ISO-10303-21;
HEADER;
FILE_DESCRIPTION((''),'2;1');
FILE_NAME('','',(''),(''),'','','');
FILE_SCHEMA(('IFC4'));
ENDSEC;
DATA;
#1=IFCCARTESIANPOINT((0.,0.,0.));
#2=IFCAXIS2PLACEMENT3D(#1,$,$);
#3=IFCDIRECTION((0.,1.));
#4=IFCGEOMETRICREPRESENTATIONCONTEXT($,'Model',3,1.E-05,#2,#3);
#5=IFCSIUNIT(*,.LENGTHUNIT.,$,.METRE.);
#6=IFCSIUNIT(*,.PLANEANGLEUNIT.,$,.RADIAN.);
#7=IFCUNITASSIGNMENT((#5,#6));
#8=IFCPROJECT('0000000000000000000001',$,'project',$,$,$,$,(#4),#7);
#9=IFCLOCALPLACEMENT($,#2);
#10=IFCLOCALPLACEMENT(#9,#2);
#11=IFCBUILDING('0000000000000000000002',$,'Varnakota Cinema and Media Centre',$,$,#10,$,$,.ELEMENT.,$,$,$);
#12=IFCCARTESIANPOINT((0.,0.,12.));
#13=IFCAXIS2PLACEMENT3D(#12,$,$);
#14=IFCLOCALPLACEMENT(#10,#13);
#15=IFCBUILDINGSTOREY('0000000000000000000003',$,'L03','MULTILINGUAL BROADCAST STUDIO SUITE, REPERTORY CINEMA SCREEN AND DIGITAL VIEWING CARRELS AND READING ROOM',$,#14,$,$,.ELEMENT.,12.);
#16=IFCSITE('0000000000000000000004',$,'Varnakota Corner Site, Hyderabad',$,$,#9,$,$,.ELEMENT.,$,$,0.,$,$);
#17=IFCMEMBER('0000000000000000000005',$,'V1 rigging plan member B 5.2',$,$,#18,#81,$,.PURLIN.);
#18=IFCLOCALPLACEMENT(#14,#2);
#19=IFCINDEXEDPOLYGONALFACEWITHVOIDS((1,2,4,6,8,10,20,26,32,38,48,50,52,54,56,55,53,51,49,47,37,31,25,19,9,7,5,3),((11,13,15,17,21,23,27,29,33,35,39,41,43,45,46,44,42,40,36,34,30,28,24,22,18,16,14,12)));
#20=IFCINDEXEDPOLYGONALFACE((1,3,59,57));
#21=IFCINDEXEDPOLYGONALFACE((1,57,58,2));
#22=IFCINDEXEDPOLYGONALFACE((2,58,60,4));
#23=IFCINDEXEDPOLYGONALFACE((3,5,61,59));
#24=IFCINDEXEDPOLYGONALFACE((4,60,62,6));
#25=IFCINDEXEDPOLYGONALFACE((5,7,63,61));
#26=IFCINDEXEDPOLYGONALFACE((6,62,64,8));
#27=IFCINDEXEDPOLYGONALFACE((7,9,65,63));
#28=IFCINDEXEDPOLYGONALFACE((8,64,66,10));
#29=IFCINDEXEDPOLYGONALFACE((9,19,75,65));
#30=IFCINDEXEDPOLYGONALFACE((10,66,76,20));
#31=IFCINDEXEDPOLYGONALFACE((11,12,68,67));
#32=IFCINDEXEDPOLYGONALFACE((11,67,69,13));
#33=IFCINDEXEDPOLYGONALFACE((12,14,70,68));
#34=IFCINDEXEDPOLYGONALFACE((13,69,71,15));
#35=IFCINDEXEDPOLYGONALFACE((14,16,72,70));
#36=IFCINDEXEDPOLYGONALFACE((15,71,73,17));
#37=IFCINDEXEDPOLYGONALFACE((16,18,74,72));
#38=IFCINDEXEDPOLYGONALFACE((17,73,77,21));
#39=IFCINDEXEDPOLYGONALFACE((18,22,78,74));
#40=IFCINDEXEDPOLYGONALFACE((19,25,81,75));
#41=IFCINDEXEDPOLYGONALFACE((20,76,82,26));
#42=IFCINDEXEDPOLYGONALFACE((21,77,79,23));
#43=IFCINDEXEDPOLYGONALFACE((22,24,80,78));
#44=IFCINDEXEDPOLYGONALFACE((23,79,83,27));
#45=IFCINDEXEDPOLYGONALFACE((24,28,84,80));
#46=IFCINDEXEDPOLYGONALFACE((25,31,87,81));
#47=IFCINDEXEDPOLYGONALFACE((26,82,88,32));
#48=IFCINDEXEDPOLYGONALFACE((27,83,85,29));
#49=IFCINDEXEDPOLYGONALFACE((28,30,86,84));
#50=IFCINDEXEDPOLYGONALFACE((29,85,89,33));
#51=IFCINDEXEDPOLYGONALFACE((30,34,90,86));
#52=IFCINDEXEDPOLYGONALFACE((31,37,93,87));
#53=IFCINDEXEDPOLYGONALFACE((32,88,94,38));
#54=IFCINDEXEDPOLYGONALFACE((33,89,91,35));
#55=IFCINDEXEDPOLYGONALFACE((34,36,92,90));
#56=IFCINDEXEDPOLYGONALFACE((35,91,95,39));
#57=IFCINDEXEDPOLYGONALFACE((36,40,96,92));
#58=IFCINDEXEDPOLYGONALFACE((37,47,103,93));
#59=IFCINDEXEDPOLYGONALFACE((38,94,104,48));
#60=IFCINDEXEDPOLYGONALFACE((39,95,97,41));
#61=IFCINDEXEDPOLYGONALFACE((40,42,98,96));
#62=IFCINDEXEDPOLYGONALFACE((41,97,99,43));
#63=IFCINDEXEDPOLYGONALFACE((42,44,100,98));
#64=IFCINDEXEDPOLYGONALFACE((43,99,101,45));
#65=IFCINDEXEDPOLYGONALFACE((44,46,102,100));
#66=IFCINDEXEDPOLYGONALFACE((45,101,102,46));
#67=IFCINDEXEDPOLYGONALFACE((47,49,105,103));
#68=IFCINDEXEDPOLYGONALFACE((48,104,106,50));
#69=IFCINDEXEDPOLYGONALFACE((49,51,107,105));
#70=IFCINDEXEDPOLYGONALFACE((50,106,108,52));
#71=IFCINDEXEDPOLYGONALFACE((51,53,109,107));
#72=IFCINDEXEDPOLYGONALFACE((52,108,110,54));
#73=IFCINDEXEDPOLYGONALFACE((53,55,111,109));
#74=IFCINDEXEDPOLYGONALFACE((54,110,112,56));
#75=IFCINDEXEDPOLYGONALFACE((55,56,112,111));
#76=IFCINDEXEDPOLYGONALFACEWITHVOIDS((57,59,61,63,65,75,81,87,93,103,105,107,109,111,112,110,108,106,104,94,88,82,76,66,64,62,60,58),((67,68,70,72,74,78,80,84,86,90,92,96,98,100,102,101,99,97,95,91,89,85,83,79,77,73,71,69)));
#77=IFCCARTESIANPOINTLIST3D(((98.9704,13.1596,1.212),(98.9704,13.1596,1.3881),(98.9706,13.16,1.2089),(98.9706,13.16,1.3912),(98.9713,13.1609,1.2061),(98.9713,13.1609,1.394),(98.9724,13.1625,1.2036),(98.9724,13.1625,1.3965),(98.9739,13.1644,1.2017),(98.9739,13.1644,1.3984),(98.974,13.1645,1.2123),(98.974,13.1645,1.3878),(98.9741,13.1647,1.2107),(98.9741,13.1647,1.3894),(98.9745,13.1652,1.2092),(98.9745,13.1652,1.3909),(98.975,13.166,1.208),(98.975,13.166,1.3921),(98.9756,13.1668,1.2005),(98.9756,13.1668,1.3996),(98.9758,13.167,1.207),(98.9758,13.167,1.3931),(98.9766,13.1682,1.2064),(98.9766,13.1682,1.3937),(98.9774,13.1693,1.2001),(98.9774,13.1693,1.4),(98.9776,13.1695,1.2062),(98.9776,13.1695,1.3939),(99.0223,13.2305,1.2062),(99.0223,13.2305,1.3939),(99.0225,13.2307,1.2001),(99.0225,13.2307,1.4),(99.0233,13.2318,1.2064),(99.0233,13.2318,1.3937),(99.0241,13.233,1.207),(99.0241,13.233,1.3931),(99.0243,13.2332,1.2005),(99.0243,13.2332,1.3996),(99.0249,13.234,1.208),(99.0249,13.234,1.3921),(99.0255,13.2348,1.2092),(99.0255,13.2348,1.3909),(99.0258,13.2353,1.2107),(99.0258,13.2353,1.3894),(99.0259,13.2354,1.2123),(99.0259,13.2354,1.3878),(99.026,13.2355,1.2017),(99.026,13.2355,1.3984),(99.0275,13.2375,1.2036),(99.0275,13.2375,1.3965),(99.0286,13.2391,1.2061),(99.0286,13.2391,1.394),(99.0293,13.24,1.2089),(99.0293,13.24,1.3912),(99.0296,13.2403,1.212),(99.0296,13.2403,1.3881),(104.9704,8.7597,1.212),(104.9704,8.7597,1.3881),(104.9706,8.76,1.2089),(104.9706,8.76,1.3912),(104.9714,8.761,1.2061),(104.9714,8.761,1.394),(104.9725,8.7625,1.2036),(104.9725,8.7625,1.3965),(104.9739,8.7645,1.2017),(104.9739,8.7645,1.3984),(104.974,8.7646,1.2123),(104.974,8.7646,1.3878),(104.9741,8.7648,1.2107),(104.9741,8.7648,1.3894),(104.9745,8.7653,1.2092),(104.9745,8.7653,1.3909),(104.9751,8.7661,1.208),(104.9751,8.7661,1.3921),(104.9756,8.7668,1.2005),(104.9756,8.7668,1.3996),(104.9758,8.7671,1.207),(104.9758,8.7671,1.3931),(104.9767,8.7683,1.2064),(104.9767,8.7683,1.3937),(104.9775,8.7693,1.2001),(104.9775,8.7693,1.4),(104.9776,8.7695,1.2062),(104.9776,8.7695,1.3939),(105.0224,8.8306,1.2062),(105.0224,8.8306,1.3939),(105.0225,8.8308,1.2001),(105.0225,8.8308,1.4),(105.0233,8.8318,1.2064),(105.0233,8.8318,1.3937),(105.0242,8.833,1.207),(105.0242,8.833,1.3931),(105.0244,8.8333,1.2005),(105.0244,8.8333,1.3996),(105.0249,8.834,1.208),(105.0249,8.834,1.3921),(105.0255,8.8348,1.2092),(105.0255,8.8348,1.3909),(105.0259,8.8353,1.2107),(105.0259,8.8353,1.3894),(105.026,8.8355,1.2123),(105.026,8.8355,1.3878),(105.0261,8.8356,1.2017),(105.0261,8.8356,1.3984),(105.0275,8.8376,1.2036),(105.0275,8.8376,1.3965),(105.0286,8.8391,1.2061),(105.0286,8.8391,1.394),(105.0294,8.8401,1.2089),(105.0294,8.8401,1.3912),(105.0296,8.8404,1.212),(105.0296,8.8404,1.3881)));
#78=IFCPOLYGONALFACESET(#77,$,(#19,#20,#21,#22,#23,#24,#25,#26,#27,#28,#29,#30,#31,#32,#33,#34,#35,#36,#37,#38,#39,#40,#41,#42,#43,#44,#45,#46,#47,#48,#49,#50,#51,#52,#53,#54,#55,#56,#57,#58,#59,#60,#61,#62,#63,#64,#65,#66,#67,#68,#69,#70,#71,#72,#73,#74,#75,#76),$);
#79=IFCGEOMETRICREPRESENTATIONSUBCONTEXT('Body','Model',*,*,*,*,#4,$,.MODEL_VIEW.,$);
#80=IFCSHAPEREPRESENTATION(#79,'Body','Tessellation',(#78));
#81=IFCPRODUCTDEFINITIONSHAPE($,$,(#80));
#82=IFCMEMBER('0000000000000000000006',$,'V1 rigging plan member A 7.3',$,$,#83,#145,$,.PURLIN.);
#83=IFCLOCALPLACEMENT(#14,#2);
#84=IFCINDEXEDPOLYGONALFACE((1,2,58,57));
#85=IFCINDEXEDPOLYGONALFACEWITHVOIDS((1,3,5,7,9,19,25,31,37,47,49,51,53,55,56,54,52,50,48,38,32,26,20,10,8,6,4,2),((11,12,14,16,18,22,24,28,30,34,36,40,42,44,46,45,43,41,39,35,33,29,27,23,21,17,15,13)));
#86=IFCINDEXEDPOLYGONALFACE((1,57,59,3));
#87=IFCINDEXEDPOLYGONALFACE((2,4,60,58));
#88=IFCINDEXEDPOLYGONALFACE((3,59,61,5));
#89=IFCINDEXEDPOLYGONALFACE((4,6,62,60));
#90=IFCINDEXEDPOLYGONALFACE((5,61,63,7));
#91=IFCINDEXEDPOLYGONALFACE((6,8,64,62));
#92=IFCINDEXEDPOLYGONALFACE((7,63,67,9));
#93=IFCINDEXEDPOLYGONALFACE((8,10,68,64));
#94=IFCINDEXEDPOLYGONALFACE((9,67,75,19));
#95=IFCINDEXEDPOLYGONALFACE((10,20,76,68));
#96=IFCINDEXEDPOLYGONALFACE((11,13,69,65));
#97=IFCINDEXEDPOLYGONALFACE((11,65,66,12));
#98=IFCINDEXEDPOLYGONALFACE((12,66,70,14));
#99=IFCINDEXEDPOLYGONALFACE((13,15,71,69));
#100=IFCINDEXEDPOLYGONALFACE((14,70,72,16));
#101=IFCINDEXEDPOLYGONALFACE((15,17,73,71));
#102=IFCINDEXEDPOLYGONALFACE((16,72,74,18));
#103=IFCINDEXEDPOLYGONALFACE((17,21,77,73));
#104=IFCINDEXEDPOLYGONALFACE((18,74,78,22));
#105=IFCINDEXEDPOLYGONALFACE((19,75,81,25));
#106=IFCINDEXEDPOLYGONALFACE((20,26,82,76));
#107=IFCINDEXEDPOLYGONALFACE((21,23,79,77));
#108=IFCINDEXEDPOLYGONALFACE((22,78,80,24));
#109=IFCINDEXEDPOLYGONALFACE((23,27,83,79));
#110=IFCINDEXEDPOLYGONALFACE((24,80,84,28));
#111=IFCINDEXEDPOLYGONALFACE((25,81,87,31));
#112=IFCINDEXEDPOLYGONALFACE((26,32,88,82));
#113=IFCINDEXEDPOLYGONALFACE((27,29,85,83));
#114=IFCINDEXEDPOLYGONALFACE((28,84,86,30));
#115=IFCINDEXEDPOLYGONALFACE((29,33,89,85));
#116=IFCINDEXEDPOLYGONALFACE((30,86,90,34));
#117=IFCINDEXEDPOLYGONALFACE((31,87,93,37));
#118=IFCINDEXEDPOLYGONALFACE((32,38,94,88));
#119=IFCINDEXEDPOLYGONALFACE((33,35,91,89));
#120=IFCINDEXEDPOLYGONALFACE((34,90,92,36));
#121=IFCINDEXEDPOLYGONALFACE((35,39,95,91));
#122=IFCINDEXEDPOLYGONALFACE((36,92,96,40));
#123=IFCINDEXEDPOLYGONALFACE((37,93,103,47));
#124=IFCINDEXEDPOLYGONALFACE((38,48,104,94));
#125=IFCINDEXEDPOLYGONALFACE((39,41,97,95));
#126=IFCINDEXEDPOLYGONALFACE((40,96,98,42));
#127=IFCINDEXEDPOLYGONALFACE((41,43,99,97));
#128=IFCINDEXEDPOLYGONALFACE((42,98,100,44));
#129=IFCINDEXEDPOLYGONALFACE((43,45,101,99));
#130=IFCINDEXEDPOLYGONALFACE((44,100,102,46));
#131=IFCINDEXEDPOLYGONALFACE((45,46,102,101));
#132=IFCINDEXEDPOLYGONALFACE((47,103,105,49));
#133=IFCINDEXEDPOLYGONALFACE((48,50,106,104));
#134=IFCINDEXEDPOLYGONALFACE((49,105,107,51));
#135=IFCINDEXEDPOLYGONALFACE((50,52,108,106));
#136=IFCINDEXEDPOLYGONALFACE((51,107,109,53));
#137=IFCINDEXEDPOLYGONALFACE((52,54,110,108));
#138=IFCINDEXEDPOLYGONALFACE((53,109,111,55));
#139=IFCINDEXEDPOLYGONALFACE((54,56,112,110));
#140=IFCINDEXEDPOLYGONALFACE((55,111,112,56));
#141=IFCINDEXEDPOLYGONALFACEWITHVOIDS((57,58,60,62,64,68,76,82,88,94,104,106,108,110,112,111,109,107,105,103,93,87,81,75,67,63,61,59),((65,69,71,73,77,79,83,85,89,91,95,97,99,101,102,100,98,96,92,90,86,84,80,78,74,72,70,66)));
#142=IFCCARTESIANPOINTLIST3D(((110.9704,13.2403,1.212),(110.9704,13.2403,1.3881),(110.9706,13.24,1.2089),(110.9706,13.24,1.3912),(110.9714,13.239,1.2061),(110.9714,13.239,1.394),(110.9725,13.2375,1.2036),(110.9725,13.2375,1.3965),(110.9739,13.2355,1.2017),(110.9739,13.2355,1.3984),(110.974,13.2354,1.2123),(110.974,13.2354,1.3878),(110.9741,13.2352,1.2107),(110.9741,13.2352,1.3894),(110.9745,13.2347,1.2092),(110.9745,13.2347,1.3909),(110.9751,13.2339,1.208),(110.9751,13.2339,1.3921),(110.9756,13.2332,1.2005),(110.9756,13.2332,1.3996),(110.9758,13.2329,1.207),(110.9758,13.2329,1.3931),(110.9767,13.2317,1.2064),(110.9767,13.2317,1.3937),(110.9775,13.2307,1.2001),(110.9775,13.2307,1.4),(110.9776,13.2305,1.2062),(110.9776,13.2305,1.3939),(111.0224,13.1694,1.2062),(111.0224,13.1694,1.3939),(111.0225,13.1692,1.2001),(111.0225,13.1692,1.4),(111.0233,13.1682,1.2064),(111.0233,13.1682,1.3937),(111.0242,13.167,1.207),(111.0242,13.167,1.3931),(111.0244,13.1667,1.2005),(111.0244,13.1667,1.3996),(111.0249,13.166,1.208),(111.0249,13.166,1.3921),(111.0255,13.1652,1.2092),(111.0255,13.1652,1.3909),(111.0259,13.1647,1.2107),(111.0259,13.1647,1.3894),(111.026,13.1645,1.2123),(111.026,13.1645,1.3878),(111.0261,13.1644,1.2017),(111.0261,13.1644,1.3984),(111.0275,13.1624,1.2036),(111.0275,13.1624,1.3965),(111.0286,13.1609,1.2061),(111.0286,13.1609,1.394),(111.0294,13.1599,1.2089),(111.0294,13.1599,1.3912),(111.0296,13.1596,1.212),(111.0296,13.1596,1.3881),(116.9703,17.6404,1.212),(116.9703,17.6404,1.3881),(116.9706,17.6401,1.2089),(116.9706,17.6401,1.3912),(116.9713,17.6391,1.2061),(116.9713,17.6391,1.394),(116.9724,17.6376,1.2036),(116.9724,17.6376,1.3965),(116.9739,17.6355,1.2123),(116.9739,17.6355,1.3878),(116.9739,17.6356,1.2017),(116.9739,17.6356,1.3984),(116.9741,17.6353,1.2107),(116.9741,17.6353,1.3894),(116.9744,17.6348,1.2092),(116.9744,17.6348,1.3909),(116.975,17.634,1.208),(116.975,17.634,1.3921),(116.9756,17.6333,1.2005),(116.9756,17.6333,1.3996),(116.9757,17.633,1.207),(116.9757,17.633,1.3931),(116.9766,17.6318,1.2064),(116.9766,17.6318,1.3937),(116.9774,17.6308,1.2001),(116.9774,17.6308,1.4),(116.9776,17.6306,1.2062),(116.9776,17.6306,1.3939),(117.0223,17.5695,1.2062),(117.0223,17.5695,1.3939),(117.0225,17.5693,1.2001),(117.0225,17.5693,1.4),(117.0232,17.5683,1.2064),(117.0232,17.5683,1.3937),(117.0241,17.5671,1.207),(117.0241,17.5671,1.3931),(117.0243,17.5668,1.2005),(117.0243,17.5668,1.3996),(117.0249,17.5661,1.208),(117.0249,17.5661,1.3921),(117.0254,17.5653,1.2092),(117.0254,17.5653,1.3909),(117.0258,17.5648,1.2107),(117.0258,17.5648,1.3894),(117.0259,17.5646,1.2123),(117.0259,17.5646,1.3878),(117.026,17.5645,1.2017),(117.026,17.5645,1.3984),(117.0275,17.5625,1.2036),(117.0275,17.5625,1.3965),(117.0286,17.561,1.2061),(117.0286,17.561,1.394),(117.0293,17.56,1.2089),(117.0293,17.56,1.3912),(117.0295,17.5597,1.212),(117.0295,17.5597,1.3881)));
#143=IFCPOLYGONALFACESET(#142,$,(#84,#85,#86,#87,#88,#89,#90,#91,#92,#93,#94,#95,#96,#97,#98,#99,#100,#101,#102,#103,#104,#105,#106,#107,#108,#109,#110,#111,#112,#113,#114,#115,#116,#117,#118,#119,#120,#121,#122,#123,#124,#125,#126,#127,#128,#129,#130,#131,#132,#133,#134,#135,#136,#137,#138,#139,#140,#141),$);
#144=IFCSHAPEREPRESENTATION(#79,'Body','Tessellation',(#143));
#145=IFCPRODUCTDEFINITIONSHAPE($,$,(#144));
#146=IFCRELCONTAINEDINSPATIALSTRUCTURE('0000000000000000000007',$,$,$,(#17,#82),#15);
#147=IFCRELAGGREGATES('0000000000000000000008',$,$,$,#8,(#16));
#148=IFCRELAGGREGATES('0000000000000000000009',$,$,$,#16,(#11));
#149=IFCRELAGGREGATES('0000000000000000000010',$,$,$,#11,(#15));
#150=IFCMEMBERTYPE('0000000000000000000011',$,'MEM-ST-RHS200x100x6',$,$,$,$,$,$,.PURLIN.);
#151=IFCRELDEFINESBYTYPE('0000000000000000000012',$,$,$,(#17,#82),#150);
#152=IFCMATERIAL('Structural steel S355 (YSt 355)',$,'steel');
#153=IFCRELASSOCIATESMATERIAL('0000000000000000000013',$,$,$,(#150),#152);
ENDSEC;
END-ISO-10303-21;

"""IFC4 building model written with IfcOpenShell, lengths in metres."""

from ifc_helpers import new_model, si_unit, direction, frame, origin, origin_2d, place, context, subcontext, project, spatial, hollow_rectangle, extrude, material, material_profile, profile_set, type_object, element, save


model = new_model("IFC4")

# Units and contexts
model_context = context("Model", 3, precision=1e-05, world=origin(), true_north=direction((0.0, 1.0)))
body_context = subcontext(model_context, "Body", "Model", "MODEL_VIEW")
ifc_project = project(units=[si_unit("LENGTHUNIT", "METRE"), si_unit("PLANEANGLEUNIT", "RADIAN")], contexts=[model_context])

# Site, building, storey
site_placement = place(None, origin())
site = spatial("IfcSite", under=ifc_project, at=site_placement, Name="Varnakota Corner Site, Hyderabad", CompositionType="ELEMENT", RefElevation=0.0)
building_placement = place(site_placement, origin())
building = spatial("IfcBuilding", under=site, at=building_placement, Name="Varnakota Cinema and Media Centre", CompositionType="ELEMENT")
storey_placement = place(building_placement, frame((0.0, 0.0, 12.0)))
storey = spatial("IfcBuildingStorey", under=building, at=storey_placement, Name="L03", Description="MULTILINGUAL BROADCAST STUDIO SUITE, REPERTORY CINEMA SCREEN AND DIGITAL VIEWING CARRELS AND READING ROOM", CompositionType="ELEMENT", Elevation=12.0)

# Members
ifc_material_1 = material(Name="Structural steel S355 (YSt 355)", Category="steel")
ifc_material_profile_1 = material_profile(ifc_material_1, hollow_rectangle(XDim=0.1001, YDim=0.2, WallThickness=0.0061, InnerFilletRadius=0.0061, OuterFilletRadius=0.012, at=origin_2d()), Name="RHS 200x100x6")
ifc_profile_set_1 = profile_set([ifc_material_profile_1], Name="Structural steel S355 (YSt 355)")
member_type_1 = type_object("IfcMemberType", Name="MEM-ST-RHS200x100x6", PredefinedType="PURLIN", material=ifc_profile_set_1)
for number, where, z_axis, x_axis, name in (
    (1, (105.0, 8.8, 1.3), (-0.806411, 0.591355, 0.0), (-0.591355, -0.806411, 0.0), "V1 rigging plan member B 5.2"),
    (2, (111.0, 13.2, 1.3), (0.806396, 0.591376, 0.0), (-0.591376, 0.806396, 0.0), "V1 rigging plan member A 7.3"),
):
    element("IfcMember", number, at=place(storey_placement, frame(where, z_axis=z_axis, x_axis=x_axis)), inside=storey, type_object=member_type_1, Name=name, PredefinedType="PURLIN", context=body_context, shape_type="SweptSolid", body=[
        extrude(hollow_rectangle(XDim=0.1001, YDim=0.2, WallThickness=0.0061, InnerFilletRadius=0.0061, OuterFilletRadius=0.012, at=origin_2d()), origin(), (0.0, 0.0, 1.0), 7.4404),
    ])

save(model, "model.ifc")
